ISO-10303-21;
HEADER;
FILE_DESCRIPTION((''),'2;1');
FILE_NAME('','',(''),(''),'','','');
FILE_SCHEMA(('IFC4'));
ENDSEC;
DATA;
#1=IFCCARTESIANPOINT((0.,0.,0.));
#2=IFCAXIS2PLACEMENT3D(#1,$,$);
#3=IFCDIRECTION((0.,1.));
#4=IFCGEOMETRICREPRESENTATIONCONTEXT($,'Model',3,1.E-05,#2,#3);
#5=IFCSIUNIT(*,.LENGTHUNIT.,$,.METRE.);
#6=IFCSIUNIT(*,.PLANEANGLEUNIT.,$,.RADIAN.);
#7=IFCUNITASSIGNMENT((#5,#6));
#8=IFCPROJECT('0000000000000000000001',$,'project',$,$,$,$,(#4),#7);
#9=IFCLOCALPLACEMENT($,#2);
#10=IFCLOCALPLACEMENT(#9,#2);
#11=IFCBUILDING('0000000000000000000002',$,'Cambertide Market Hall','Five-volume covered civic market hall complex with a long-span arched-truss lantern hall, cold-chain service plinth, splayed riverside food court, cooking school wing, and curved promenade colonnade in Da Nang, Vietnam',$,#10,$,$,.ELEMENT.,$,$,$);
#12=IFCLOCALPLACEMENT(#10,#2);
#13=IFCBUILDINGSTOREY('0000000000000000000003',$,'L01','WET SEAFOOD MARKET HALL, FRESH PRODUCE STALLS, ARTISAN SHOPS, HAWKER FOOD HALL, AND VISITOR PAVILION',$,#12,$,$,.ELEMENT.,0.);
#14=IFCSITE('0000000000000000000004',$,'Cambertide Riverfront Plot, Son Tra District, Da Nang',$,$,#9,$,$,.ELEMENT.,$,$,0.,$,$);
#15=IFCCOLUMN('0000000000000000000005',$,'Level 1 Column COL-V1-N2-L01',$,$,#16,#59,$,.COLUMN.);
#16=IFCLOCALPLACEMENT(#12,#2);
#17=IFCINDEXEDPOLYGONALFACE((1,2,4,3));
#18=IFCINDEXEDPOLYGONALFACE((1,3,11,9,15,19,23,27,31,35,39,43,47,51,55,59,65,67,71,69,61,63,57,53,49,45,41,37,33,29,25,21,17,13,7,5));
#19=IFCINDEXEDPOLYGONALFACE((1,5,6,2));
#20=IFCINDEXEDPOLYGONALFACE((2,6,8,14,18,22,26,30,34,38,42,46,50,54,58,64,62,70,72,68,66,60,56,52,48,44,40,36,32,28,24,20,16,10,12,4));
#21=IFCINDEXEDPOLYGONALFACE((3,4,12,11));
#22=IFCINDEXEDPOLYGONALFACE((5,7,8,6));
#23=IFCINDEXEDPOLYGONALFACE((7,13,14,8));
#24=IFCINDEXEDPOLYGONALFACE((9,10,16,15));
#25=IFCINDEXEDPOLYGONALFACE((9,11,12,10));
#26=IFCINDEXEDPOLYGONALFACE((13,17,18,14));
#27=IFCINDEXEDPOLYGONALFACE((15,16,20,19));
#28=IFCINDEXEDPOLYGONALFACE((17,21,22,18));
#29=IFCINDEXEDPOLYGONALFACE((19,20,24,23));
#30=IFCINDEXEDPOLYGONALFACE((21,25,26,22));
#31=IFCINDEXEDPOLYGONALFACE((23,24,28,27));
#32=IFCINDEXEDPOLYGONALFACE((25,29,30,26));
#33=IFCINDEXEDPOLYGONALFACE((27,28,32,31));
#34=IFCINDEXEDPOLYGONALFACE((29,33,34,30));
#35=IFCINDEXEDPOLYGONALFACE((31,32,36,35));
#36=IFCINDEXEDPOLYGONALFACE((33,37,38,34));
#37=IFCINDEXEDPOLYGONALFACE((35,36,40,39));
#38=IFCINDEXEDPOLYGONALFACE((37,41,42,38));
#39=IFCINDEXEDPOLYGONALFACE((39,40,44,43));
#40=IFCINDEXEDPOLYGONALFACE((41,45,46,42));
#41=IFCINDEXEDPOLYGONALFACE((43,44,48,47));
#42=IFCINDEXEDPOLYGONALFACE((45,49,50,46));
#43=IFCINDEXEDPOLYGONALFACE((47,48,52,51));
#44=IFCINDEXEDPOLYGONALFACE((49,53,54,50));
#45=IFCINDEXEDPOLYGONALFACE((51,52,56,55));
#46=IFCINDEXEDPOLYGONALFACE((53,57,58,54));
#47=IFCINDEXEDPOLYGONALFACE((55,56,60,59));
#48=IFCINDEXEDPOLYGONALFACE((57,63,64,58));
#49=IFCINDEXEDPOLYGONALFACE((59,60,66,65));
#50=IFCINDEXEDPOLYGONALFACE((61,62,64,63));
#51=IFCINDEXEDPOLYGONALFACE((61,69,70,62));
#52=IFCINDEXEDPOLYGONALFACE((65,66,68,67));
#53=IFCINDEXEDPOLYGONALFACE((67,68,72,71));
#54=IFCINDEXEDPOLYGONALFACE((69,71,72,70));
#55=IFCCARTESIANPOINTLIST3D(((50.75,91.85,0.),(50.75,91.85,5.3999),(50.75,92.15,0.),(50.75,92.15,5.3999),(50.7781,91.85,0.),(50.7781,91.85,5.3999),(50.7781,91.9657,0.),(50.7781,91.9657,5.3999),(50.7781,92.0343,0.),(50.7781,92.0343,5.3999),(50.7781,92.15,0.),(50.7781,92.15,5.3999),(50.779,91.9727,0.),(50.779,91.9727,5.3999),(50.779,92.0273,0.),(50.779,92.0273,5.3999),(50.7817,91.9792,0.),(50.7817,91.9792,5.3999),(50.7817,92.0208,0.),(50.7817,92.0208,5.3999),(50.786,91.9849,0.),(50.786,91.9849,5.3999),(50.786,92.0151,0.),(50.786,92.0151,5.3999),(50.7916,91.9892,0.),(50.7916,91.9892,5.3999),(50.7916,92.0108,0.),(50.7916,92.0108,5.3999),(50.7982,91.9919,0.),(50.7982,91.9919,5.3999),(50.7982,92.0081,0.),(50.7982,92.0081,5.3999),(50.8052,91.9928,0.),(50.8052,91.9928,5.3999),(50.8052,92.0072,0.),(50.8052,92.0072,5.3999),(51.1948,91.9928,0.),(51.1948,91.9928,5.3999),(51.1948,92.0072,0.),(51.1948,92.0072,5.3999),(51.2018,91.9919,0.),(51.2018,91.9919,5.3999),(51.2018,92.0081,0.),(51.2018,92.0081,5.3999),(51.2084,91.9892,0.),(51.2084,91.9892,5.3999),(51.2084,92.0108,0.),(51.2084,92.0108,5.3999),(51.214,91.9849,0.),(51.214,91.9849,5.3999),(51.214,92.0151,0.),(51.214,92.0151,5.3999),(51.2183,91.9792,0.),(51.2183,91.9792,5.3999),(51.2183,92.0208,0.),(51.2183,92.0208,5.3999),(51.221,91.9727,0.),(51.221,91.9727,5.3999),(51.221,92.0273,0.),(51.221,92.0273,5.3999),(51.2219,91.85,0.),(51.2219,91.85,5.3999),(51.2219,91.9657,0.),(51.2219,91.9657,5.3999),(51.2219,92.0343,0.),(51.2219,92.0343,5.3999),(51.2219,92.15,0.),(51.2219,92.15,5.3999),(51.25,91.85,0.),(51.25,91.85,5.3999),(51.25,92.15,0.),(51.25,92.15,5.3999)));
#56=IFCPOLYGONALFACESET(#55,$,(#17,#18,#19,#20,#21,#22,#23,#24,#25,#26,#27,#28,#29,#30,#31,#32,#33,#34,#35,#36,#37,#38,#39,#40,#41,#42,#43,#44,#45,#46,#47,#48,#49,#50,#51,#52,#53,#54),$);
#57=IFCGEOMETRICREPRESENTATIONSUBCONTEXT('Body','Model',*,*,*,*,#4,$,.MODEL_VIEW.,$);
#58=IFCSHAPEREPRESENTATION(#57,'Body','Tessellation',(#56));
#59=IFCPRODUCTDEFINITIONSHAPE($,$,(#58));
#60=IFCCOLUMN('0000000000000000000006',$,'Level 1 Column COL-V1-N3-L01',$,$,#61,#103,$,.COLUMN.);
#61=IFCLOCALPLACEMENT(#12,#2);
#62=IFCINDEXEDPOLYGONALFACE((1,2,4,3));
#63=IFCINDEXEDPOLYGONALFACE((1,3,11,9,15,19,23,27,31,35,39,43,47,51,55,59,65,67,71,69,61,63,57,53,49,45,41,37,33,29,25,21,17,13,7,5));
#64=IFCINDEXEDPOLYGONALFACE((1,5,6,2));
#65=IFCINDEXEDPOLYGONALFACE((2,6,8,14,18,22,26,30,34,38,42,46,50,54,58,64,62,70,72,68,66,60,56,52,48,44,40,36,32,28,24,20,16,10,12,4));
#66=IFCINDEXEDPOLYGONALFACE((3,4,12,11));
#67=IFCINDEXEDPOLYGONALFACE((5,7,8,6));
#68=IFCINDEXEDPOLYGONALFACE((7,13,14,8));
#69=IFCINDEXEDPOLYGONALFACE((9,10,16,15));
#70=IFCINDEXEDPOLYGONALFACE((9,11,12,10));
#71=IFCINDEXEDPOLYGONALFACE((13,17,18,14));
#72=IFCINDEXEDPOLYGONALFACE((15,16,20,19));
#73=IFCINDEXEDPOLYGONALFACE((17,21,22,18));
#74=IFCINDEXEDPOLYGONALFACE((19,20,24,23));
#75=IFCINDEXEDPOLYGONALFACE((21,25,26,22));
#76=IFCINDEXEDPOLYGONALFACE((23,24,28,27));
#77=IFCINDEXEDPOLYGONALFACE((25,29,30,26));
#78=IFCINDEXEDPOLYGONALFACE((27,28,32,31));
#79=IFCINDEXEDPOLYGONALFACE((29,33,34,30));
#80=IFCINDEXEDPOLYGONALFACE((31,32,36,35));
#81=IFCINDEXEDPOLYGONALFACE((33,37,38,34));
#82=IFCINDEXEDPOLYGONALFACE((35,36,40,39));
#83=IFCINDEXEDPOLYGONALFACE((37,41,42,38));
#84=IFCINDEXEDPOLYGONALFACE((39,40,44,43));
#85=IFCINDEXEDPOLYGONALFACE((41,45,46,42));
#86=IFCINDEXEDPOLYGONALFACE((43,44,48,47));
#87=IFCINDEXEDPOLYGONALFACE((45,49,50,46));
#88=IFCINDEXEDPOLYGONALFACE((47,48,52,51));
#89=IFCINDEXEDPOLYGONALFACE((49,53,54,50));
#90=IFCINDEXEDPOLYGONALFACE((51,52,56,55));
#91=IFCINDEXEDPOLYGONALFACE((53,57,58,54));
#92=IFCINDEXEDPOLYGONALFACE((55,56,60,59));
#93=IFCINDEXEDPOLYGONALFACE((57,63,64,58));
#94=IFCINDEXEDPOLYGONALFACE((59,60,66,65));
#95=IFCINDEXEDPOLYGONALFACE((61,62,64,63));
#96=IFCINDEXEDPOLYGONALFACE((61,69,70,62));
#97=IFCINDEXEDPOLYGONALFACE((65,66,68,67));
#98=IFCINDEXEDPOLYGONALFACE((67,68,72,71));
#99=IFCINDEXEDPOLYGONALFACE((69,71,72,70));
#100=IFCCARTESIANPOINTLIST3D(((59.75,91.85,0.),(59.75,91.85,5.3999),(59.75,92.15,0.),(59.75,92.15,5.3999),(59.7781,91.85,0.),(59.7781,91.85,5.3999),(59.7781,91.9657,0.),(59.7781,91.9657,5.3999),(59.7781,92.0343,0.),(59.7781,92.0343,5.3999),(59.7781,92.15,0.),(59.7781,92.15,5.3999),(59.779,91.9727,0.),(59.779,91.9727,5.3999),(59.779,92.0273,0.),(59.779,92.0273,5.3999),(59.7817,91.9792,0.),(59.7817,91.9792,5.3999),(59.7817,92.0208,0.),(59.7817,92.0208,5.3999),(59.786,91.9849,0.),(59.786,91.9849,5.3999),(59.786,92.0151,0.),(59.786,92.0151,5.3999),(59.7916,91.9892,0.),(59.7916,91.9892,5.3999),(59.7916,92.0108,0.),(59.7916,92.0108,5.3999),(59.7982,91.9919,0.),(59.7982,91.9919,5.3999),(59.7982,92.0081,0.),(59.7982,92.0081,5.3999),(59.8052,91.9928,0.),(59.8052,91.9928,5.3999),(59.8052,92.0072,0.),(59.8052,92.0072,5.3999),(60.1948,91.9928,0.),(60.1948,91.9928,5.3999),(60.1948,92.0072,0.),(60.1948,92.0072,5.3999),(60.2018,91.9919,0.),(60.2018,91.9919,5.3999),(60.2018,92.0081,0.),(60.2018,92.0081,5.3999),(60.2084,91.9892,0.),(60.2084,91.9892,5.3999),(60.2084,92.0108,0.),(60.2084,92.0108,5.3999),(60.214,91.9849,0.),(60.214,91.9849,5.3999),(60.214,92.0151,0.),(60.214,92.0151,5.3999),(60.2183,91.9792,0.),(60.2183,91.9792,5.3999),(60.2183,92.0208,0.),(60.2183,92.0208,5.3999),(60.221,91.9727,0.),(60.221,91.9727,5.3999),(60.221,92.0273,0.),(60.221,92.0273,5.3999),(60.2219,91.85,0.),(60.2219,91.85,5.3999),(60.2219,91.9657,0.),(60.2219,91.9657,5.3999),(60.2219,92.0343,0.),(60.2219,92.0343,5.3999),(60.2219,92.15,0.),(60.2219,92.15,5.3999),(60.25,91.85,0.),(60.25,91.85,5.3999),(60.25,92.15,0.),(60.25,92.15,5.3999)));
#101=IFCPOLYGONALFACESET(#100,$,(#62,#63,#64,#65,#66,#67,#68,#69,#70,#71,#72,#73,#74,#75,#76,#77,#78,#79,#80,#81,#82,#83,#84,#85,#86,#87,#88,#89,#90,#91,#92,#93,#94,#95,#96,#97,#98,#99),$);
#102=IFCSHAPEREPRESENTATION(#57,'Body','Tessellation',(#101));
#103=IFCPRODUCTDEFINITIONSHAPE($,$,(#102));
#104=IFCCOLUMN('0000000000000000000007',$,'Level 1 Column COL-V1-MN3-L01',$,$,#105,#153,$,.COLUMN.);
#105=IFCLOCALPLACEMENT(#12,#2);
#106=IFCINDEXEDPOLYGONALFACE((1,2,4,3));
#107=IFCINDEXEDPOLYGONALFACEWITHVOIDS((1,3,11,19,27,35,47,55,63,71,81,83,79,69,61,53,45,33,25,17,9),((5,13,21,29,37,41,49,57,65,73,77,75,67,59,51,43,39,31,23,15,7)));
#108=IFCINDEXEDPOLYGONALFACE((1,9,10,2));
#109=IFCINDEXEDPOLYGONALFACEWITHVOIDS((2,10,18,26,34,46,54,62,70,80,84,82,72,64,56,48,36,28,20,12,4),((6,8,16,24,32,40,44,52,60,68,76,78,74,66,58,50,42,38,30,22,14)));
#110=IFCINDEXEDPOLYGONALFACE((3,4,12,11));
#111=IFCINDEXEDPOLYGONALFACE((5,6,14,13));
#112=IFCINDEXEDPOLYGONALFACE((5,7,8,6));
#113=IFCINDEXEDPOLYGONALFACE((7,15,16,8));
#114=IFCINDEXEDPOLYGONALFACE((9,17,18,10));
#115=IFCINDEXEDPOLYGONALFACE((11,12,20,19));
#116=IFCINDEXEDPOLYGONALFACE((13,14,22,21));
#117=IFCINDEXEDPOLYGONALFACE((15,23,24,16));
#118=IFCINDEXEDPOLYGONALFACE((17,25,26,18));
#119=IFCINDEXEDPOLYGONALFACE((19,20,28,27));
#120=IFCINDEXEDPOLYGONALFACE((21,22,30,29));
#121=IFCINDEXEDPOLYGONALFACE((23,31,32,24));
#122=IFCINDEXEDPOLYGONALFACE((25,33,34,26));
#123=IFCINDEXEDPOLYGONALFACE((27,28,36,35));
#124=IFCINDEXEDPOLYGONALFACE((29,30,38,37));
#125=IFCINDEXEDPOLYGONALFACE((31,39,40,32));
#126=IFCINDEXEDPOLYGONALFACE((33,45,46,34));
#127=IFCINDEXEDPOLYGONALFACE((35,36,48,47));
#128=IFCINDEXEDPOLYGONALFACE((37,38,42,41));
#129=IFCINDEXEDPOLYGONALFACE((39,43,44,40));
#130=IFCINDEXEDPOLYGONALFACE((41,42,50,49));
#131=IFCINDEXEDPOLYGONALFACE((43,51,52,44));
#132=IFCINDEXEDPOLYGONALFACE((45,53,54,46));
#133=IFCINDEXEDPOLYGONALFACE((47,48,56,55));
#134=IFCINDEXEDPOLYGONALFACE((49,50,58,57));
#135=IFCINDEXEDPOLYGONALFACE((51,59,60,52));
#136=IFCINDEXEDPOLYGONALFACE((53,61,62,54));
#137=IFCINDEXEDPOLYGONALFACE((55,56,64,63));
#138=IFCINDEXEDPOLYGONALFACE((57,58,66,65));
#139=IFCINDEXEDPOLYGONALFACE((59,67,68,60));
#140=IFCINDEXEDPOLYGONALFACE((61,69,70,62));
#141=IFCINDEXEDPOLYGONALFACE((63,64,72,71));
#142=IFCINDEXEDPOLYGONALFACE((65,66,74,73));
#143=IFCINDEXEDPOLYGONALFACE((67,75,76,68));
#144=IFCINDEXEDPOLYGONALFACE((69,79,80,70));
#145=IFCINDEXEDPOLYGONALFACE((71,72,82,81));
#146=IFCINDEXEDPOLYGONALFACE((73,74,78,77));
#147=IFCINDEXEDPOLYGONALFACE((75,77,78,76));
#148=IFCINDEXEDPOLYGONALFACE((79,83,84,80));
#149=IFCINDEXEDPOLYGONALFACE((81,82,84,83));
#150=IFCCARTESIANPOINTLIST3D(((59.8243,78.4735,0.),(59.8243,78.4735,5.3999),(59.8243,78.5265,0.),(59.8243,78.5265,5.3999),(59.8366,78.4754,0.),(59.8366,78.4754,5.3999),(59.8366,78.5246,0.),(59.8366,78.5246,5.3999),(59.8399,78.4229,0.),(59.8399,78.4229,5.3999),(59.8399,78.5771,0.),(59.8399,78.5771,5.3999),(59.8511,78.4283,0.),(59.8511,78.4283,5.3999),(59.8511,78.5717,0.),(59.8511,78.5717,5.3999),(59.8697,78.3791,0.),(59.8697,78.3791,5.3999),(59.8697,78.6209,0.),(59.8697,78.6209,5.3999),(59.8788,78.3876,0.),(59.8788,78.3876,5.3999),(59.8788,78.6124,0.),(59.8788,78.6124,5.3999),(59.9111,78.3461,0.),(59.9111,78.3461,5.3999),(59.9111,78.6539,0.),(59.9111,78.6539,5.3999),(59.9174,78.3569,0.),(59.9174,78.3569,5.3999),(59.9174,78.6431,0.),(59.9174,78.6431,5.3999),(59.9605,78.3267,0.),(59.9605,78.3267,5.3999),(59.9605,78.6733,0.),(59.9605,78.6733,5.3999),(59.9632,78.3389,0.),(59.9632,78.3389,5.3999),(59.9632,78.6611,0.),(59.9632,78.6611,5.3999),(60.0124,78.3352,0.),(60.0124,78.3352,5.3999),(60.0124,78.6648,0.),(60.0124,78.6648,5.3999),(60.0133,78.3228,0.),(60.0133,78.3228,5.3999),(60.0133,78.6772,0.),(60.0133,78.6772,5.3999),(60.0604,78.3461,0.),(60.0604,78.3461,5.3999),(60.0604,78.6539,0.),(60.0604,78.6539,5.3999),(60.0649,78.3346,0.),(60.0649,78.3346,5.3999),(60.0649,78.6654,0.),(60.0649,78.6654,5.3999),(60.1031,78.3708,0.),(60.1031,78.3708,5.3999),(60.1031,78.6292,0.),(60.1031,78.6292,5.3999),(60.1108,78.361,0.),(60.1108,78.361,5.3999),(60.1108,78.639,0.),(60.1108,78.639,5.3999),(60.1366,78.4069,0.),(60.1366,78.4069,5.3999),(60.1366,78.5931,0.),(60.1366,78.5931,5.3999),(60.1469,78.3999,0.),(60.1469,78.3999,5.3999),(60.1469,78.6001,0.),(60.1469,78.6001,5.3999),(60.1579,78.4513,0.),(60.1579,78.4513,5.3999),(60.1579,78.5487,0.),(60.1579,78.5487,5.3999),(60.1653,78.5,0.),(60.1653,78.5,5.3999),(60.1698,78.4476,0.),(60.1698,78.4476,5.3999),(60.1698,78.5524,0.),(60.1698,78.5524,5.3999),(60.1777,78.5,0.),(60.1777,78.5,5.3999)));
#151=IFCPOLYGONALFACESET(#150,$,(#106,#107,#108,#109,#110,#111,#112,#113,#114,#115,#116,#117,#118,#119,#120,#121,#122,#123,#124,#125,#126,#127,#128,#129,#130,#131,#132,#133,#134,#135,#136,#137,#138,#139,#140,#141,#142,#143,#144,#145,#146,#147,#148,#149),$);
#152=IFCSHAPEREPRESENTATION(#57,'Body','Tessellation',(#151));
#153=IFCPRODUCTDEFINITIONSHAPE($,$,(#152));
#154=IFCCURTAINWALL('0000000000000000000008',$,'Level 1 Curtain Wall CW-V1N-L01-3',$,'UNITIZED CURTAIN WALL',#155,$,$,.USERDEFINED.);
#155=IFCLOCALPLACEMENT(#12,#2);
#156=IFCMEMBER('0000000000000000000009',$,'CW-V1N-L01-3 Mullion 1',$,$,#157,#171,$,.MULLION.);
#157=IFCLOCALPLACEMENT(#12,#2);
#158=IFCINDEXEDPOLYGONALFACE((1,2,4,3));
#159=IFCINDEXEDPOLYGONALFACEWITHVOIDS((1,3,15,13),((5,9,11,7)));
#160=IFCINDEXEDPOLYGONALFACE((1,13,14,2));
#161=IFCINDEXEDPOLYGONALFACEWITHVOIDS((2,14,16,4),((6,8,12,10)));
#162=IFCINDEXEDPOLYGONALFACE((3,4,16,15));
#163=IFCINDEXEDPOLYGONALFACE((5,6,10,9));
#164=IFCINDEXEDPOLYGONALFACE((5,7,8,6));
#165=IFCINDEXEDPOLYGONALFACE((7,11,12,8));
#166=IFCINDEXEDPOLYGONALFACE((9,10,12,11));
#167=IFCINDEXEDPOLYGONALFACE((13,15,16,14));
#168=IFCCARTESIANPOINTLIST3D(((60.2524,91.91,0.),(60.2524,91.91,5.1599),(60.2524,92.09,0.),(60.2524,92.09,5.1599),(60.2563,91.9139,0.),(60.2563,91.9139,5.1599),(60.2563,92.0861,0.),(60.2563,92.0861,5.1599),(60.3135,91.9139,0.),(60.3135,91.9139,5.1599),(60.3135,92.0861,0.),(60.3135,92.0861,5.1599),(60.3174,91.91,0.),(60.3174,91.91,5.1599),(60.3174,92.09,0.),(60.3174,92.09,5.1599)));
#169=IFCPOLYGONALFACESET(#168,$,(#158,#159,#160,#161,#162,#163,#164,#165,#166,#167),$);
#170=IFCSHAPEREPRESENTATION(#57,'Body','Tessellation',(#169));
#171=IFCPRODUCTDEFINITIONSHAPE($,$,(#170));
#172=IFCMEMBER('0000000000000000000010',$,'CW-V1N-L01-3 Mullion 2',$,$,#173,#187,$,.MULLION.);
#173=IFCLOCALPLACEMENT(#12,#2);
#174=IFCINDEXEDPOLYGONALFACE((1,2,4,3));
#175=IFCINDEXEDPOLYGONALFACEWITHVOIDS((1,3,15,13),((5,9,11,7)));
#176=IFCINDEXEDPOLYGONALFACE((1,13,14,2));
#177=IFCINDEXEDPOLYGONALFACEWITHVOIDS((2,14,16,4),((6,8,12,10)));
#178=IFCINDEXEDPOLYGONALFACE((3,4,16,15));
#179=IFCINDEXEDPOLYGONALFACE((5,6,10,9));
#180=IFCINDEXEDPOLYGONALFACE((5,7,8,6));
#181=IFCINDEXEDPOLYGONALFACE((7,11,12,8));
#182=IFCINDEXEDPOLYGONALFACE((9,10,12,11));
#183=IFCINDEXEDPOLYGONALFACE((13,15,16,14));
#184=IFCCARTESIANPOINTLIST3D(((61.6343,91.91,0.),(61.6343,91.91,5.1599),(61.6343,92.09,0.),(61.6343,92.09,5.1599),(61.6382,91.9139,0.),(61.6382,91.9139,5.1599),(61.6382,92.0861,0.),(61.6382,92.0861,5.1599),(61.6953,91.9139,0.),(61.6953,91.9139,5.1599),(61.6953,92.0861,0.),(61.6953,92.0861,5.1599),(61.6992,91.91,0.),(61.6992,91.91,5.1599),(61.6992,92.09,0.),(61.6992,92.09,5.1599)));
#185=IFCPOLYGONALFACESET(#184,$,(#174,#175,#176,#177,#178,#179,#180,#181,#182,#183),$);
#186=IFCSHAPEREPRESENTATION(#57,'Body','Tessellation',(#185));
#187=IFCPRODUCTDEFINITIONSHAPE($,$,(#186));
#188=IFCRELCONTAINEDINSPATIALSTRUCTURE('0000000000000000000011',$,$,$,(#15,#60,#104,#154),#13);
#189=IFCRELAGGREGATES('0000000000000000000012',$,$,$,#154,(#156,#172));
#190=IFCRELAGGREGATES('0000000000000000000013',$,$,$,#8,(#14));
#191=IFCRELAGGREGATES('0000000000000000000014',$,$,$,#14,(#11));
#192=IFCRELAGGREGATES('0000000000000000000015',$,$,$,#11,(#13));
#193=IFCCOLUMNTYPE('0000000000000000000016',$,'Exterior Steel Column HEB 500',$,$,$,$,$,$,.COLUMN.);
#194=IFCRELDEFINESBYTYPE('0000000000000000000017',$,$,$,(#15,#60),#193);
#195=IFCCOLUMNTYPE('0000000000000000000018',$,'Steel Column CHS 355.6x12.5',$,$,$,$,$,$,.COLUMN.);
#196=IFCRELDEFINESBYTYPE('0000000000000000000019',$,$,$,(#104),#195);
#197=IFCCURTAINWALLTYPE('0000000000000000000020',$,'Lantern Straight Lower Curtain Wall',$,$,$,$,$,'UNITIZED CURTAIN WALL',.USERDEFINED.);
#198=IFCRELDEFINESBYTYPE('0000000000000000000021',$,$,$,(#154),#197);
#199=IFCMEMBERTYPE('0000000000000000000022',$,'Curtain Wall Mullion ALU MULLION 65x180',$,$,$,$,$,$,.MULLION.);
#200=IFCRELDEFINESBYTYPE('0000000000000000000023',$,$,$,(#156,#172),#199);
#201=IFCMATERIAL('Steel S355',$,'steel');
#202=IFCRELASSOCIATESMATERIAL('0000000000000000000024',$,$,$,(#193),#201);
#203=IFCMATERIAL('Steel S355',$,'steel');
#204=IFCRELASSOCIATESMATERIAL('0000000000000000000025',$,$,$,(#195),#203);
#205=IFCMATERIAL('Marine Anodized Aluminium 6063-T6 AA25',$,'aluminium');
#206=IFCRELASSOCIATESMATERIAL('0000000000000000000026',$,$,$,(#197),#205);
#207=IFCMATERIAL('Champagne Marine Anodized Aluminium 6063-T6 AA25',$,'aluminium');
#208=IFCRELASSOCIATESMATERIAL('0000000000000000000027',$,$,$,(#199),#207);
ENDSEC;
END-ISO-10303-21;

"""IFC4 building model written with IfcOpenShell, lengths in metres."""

from ifc_helpers import new_model, si_unit, direction, frame, origin, origin_2d, place, context, subcontext, project, spatial, hollow_rectangle, hollow_circle, i_section, extrude, material, material_profile, profile_set, type_object, element, aggregate, save


model = new_model("IFC4")

# Units and contexts
model_context = context("Model", 3, precision=1e-05, world=origin(), true_north=direction((0.0, 1.0)))
body_context = subcontext(model_context, "Body", "Model", "MODEL_VIEW")
ifc_project = project(units=[si_unit("LENGTHUNIT", "METRE"), si_unit("PLANEANGLEUNIT", "RADIAN")], contexts=[model_context])

# Site, building, storey
site_placement = place(None, origin())
site = spatial("IfcSite", under=ifc_project, at=site_placement, Name="Cambertide Riverfront Plot, Son Tra District, Da Nang", CompositionType="ELEMENT", RefElevation=0.0)
building_placement = place(site_placement, origin())
building = spatial("IfcBuilding", under=site, at=building_placement, Name="Cambertide Market Hall", Description="Five-volume covered civic market hall complex with a long-span arched-truss lantern hall, cold-chain service plinth, splayed riverside food court, cooking school wing, and curved promenade colonnade in Da Nang, Vietnam", CompositionType="ELEMENT")
storey_placement = place(building_placement, origin())
storey = spatial("IfcBuildingStorey", under=building, at=storey_placement, Name="L01", Description="WET SEAFOOD MARKET HALL, FRESH PRODUCE STALLS, ARTISAN SHOPS, HAWKER FOOD HALL, AND VISITOR PAVILION", CompositionType="ELEMENT", Elevation=0.0)

# Columns
ifc_material_1 = material(Name="Steel S355", Category="steel")
ifc_material_profile_1 = material_profile(ifc_material_1, i_section(OverallWidth=0.3, OverallDepth=0.5, WebThickness=0.0144, FlangeThickness=0.0281, FilletRadius=0.0271, at=origin_2d()), Name="HEB 500")
ifc_profile_set_1 = profile_set([ifc_material_profile_1], Name="Steel S355")
column_type_1 = type_object("IfcColumnType", Name="Exterior Steel Column HEB 500", PredefinedType="COLUMN", material=ifc_profile_set_1)
for number, where, z_axis, x_axis, name in (
    (1, (51.0, 92.0, 0.0), (0.0, 0.0, 1.0), (0.0, 1.0, 0.0), "Level 1 Column COL-V1-N2-L01"),
    (2, (60.0, 92.0, 0.0), (0.0, 0.0, 1.0), (0.0, 1.0, 0.0), "Level 1 Column COL-V1-N3-L01"),
):
    element("IfcColumn", number, at=place(storey_placement, frame(where, z_axis=z_axis, x_axis=x_axis)), inside=storey, type_object=column_type_1, Name=name, PredefinedType="COLUMN", context=body_context, shape_type="SweptSolid", body=[
        extrude(i_section(OverallWidth=0.3, OverallDepth=0.5, WebThickness=0.0144, FlangeThickness=0.0281, FilletRadius=0.0271, at=origin_2d()), origin(), (0.0, 0.0, 1.0), 5.3999),
    ])
ifc_material_2 = material(Name="Steel S355", Category="steel")
ifc_material_profile_2 = material_profile(ifc_material_2, hollow_circle(Radius=0.1777, WallThickness=0.0125, at=origin_2d()), Name="CHS 355.6x12.5")
ifc_profile_set_2 = profile_set([ifc_material_profile_2], Name="Steel S355")
column_type_2 = type_object("IfcColumnType", Name="Steel Column CHS 355.6x12.5", PredefinedType="COLUMN", material=ifc_profile_set_2)
column_placement = place(storey_placement, frame((60.0, 78.5, 0.0), z_axis=(0.0, 0.0, 1.0), x_axis=(1.0, 0.0, 0.0)))
element("IfcColumn", 3, at=column_placement, inside=storey, type_object=column_type_2, Name="Level 1 Column COL-V1-MN3-L01", PredefinedType="COLUMN", context=body_context, shape_type="SweptSolid", body=[
    extrude(hollow_circle(Radius=0.1777, WallThickness=0.0125, at=origin_2d()), origin(), (0.0, 0.0, 1.0), 5.3999),
])

# Curtain wall, members
ifc_material_3 = material(Name="Marine Anodized Aluminium 6063-T6 AA25", Category="aluminium")
curtain_wall_type = type_object("IfcCurtainWallType", Name="Lantern Straight Lower Curtain Wall", ElementType="UNITIZED CURTAIN WALL", PredefinedType="USERDEFINED", material=ifc_material_3)
curtain_wall_placement = place(storey_placement, origin())
curtain_wall = element("IfcCurtainWall", 4, at=curtain_wall_placement, inside=storey, type_object=curtain_wall_type, Name="Level 1 Curtain Wall CW-V1N-L01-3", ObjectType="UNITIZED CURTAIN WALL", PredefinedType="USERDEFINED")
ifc_material_4 = material(Name="Champagne Marine Anodized Aluminium 6063-T6 AA25", Category="aluminium")
ifc_material_profile_3 = material_profile(ifc_material_4, hollow_rectangle(XDim=0.0649, YDim=0.1799, WallThickness=0.0039, at=origin_2d()), Name="ALU MULLION 65x180")
ifc_profile_set_3 = profile_set([ifc_material_profile_3], Name="Champagne Marine Anodized Aluminium 6063-T6 AA25")
member_type_1 = type_object("IfcMemberType", Name="Curtain Wall Mullion ALU MULLION 65x180", PredefinedType="MULLION", material=ifc_profile_set_3)
member_1_placement = place(storey_placement, frame((60.2849, 92.0, 0.0), z_axis=(0.0, 0.0, 1.0), x_axis=(1.0, 0.0, 0.0)))
member_1 = element("IfcMember", 5, at=member_1_placement, type_object=member_type_1, Name="CW-V1N-L01-3 Mullion 1", PredefinedType="MULLION", context=body_context, shape_type="SweptSolid", body=[
    extrude(hollow_rectangle(XDim=0.0649, YDim=0.1799, WallThickness=0.0039, at=origin_2d()), origin(), (0.0, 0.0, 1.0), 5.1599),
])
member_2_placement = place(storey_placement, frame((61.6667, 92.0, 0.0), z_axis=(0.0, 0.0, 1.0), x_axis=(1.0, 0.0, 0.0)))
member_2 = element("IfcMember", 6, at=member_2_placement, type_object=member_type_1, Name="CW-V1N-L01-3 Mullion 2", PredefinedType="MULLION", context=body_context, shape_type="SweptSolid", body=[
    extrude(hollow_rectangle(XDim=0.0649, YDim=0.1799, WallThickness=0.0039, at=origin_2d()), origin(), (0.0, 0.0, 1.0), 5.1599),
])

aggregate(curtain_wall, [member_1, member_2])

save(model, "model.ifc")
